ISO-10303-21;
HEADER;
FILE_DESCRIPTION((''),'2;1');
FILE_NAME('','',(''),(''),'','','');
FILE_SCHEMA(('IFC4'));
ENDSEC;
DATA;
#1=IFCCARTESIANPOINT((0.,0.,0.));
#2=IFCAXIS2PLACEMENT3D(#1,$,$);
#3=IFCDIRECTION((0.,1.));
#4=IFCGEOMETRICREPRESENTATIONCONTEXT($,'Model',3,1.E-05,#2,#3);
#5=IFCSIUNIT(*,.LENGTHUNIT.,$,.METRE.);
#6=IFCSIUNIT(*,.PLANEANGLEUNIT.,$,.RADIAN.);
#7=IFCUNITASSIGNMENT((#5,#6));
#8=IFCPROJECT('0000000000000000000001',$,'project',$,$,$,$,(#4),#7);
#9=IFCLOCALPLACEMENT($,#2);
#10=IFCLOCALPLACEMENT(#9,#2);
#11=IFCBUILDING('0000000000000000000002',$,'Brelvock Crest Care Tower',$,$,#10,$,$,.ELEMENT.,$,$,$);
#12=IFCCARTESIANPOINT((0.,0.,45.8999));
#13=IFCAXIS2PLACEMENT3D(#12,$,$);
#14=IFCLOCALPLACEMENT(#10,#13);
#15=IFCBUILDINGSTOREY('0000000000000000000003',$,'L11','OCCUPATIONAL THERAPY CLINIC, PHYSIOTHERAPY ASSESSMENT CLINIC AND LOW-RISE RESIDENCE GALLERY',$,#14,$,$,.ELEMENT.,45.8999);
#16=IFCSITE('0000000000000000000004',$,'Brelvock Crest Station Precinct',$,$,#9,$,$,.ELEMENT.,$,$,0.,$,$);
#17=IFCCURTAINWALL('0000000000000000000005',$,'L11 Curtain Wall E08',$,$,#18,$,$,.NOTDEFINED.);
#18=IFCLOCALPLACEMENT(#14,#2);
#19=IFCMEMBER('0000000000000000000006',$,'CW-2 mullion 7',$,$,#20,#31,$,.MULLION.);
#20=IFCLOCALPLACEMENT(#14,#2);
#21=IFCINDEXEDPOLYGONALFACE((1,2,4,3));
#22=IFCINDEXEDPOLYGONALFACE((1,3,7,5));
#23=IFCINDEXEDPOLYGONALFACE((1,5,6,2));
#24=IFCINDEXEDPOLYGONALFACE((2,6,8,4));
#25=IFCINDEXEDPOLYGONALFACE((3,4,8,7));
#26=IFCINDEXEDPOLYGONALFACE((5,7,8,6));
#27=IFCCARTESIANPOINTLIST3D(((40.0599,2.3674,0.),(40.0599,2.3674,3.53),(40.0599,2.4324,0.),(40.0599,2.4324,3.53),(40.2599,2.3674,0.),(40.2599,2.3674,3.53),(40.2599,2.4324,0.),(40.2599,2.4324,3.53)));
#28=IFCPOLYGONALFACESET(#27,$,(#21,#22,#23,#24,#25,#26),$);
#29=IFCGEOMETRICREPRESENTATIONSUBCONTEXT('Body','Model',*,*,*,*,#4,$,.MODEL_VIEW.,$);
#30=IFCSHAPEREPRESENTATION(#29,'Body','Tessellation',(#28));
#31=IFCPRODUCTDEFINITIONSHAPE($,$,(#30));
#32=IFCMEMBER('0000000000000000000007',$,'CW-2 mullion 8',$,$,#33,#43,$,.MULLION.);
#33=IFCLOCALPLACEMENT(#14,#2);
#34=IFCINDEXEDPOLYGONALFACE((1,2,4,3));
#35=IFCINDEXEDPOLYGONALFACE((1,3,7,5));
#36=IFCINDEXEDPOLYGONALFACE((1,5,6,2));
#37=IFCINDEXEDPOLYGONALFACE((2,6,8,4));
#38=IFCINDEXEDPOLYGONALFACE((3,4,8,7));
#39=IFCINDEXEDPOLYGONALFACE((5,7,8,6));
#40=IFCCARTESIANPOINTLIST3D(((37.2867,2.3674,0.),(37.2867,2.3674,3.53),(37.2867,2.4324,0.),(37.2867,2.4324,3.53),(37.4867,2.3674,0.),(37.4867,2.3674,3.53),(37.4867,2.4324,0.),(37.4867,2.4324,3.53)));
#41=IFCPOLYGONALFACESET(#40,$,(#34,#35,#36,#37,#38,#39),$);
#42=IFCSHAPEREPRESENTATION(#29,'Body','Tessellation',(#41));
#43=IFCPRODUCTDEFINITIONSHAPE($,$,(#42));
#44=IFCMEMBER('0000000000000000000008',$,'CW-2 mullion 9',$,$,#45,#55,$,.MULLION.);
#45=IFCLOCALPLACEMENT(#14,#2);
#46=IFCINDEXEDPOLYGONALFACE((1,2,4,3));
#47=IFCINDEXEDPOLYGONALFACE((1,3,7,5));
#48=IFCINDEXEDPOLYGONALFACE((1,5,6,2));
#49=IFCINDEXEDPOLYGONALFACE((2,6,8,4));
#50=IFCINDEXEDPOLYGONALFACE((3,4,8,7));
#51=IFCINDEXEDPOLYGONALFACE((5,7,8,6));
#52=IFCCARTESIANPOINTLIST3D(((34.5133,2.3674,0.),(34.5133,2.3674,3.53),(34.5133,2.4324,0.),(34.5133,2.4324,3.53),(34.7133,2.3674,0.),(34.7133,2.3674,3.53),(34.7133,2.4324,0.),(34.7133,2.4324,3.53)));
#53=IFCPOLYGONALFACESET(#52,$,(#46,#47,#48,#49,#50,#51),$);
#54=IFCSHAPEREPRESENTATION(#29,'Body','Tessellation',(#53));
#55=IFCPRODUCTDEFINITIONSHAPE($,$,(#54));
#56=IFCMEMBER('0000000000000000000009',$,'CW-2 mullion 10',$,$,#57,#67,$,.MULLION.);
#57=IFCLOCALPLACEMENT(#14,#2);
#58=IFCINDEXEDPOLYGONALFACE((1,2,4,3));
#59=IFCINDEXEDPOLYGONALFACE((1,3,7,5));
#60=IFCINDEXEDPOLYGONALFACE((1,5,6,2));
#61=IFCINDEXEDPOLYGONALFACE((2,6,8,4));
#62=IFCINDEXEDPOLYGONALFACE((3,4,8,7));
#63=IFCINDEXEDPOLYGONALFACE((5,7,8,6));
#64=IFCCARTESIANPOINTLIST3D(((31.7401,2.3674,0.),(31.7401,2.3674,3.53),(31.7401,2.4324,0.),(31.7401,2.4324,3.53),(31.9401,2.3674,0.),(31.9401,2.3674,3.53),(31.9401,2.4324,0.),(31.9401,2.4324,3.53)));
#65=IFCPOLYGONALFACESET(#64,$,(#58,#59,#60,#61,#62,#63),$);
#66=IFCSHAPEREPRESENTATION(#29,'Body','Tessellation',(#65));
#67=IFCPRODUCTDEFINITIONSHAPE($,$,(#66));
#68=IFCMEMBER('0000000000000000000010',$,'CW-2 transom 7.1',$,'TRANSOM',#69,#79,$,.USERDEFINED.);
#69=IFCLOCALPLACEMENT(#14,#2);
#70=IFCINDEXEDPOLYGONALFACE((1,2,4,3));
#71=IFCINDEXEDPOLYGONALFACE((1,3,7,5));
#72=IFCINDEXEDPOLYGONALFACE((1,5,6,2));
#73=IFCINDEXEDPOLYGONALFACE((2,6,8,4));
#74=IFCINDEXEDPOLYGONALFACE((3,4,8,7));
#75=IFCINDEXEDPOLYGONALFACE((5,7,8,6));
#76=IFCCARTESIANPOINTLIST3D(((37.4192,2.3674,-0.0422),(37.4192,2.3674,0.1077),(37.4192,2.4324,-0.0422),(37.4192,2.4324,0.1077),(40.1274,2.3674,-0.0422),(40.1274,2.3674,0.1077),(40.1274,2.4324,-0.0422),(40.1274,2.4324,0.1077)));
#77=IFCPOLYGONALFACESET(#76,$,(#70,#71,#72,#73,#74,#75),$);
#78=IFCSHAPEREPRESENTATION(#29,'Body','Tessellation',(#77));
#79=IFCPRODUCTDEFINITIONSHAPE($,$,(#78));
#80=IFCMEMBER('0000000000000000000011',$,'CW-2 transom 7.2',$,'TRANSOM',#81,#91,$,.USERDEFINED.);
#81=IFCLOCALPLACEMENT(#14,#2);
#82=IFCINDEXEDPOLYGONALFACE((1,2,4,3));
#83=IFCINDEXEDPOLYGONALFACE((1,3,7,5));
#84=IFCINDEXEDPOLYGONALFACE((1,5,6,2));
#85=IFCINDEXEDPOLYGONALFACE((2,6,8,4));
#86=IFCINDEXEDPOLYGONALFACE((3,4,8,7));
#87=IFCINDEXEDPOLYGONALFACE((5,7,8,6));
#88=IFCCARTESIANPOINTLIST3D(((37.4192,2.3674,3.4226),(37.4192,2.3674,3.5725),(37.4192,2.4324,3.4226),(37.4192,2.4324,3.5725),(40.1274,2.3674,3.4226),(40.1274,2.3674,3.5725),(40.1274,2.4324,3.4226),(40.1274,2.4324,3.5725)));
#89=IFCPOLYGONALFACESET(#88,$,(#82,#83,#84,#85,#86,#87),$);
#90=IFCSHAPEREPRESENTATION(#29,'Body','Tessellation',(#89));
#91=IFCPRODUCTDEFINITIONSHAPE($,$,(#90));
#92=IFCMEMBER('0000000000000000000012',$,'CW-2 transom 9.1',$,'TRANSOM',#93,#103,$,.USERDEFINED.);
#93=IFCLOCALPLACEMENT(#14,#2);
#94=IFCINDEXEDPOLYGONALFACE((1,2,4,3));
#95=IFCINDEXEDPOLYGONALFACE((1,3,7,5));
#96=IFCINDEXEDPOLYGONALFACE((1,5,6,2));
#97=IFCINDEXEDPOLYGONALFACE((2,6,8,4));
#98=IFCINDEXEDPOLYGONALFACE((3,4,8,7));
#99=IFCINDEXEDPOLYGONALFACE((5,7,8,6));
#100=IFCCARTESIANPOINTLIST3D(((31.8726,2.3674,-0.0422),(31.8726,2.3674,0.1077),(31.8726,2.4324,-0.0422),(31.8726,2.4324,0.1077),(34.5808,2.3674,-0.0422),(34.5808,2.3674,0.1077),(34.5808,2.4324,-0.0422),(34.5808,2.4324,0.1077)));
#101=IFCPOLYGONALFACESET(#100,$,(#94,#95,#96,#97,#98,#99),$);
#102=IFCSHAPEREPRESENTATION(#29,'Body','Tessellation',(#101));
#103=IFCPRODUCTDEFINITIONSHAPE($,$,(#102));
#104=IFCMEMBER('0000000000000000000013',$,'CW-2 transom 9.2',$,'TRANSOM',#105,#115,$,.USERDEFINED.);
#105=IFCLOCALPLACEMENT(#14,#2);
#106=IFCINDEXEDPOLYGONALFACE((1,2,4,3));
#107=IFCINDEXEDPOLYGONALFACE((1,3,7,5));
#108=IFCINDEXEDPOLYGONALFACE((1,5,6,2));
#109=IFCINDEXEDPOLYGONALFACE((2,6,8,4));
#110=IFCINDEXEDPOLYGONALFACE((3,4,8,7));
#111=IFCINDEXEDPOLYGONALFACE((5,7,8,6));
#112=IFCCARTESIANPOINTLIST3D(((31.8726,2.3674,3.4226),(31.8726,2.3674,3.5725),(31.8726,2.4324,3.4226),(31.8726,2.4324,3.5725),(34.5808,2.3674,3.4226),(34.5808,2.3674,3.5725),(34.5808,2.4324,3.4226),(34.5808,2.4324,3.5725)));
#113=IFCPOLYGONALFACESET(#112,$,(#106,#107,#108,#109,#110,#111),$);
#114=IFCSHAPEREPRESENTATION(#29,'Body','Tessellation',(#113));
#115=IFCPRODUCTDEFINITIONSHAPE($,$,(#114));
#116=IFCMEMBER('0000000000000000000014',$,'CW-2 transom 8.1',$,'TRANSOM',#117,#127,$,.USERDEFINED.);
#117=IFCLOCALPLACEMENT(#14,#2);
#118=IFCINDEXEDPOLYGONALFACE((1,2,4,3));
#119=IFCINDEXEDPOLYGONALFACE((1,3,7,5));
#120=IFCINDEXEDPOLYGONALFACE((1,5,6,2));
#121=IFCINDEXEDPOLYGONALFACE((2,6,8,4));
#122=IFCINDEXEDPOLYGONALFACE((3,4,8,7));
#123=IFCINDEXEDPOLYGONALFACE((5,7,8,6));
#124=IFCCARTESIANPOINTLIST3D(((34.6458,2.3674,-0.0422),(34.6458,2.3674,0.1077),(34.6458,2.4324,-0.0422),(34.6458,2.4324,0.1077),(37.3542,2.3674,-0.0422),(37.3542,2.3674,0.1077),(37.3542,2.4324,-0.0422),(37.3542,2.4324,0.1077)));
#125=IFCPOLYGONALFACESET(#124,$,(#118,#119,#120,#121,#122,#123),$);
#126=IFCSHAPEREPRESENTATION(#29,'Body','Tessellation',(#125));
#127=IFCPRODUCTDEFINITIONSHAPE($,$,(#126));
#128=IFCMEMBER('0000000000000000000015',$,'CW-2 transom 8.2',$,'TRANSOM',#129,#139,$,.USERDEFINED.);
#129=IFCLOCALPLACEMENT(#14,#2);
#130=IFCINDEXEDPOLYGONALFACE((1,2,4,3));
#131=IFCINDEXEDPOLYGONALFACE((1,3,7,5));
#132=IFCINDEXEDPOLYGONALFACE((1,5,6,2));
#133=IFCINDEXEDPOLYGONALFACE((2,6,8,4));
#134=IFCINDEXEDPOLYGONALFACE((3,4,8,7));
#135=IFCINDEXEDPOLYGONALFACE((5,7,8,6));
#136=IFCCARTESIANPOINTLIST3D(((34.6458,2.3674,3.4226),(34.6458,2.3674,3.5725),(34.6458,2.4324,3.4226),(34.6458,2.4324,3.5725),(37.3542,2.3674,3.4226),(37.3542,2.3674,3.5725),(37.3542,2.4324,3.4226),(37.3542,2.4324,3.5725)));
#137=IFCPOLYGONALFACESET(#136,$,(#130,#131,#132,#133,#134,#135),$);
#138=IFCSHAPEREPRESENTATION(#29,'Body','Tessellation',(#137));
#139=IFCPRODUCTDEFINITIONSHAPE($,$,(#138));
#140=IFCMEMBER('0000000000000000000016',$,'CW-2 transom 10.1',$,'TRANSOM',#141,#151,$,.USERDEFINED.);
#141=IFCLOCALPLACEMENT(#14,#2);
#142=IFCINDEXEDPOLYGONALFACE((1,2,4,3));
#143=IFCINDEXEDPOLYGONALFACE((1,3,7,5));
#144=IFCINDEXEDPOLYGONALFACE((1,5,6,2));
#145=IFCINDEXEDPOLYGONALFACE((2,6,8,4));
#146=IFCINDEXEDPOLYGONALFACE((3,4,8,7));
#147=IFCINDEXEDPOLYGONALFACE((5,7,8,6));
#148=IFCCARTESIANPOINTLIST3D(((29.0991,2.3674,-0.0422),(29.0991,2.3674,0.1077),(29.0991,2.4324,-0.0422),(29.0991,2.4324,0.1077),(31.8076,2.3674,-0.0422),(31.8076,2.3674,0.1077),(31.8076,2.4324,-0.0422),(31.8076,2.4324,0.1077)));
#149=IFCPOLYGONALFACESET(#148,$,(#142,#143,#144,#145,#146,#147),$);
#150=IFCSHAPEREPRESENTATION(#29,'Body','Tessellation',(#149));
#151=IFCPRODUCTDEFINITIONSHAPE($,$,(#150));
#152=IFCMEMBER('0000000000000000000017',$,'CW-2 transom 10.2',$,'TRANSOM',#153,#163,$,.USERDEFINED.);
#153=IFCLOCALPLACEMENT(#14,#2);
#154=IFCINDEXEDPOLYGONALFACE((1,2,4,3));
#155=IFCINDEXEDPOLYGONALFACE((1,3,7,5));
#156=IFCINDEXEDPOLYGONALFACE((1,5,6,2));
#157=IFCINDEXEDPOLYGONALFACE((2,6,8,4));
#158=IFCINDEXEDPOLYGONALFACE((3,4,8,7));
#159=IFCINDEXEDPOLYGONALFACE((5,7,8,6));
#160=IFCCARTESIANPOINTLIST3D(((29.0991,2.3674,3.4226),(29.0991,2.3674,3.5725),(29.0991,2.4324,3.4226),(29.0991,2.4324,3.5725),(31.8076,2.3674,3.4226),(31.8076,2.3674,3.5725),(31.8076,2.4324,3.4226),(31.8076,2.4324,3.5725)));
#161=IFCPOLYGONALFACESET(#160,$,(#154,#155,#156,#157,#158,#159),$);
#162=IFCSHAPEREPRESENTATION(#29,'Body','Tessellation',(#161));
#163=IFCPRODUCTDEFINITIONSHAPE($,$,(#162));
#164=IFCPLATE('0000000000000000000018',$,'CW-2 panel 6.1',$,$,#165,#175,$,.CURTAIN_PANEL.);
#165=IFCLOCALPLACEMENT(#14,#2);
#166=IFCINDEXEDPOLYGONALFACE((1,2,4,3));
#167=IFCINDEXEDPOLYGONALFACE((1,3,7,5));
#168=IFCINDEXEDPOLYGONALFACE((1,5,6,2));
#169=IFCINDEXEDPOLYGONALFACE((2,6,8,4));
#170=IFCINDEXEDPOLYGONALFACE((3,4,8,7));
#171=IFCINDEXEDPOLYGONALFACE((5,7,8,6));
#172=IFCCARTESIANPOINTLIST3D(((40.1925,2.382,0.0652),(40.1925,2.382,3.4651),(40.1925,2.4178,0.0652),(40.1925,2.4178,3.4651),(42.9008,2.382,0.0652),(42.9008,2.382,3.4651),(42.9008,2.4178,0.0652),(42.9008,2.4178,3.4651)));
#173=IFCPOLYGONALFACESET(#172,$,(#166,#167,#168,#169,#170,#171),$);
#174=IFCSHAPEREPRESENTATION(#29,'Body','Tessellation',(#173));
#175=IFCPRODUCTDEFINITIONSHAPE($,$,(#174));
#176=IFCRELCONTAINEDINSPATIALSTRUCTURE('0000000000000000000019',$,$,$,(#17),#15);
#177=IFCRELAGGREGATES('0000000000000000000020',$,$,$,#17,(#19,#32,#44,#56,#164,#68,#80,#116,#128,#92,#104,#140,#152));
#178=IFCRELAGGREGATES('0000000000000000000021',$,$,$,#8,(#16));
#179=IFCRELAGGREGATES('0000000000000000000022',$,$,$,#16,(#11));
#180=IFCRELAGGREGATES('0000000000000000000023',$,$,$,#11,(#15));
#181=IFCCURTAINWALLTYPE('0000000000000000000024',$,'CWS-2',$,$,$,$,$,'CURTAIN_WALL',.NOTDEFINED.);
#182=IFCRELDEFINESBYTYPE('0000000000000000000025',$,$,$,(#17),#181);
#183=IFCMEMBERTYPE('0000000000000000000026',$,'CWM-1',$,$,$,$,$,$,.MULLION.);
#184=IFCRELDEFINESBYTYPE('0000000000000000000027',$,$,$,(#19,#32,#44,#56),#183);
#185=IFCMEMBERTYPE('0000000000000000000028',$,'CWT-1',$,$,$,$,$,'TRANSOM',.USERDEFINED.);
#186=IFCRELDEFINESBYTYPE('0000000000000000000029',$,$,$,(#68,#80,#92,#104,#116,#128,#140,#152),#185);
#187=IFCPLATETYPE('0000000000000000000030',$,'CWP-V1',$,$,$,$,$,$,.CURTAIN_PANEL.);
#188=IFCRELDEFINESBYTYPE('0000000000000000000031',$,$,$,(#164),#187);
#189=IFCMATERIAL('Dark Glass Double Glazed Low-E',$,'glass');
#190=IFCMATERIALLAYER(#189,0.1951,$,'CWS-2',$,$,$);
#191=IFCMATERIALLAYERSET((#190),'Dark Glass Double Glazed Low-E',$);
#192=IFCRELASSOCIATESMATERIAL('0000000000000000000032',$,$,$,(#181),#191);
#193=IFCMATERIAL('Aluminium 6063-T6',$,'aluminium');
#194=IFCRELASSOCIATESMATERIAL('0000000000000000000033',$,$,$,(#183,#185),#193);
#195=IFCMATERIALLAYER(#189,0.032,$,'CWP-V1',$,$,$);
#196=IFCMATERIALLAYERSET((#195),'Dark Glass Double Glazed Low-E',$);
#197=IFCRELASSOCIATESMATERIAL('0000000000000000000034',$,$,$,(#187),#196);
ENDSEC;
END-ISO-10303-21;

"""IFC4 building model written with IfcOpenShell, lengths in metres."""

from ifc_helpers import new_model, si_unit, direction, frame, origin, origin_2d, place, context, subcontext, project, spatial, rectangle, extrude, source, transform, mapped, material, layer, layer_set, material_profile, profile_set, type_object, element, aggregate, save


model = new_model("IFC4")

# Units and contexts
model_context = context("Model", 3, precision=1e-05, world=origin(), true_north=direction((0.0, 1.0)))
body_context = subcontext(model_context, "Body", "Model", "MODEL_VIEW")
ifc_project = project(units=[si_unit("LENGTHUNIT", "METRE"), si_unit("PLANEANGLEUNIT", "RADIAN")], contexts=[model_context])

# Site, building, storey
site_placement = place(None, origin())
site = spatial("IfcSite", under=ifc_project, at=site_placement, Name="Brelvock Crest Station Precinct", CompositionType="ELEMENT", RefElevation=0.0)
building_placement = place(site_placement, origin())
building = spatial("IfcBuilding", under=site, at=building_placement, Name="Brelvock Crest Care Tower", CompositionType="ELEMENT")
storey_placement = place(building_placement, frame((0.0, 0.0, 45.8999)))
storey = spatial("IfcBuildingStorey", under=building, at=storey_placement, Name="L11", Description="OCCUPATIONAL THERAPY CLINIC, PHYSIOTHERAPY ASSESSMENT CLINIC AND LOW-RISE RESIDENCE GALLERY", CompositionType="ELEMENT", Elevation=45.8999)

# Curtain wall, members, plate
ifc_material_1 = material(Name="Dark Glass Double Glazed Low-E", Category="glass")
ifc_layer_1 = layer(ifc_material_1, 0.1951, Name="CWS-2")
ifc_layer_set_1 = layer_set([ifc_layer_1], Name="Dark Glass Double Glazed Low-E")
curtain_wall_type = type_object("IfcCurtainWallType", Name="CWS-2", ElementType="CURTAIN_WALL", PredefinedType="NOTDEFINED", material=ifc_layer_set_1)
curtain_wall_placement = place(storey_placement, origin())
curtain_wall = element("IfcCurtainWall", 1, at=curtain_wall_placement, inside=storey, type_object=curtain_wall_type, Name="L11 Curtain Wall E08", PredefinedType="NOTDEFINED")
ifc_material_2 = material(Name="Aluminium 6063-T6", Category="aluminium")
ifc_material_profile_1 = material_profile(ifc_material_2, rectangle(XDim=0.0649, YDim=0.2, at=origin_2d()), Name="ALU65x200")
ifc_profile_set_1 = profile_set([ifc_material_profile_1], Name="Aluminium 6063-T6")
member_type_1 = type_object("IfcMemberType", Name="CWM-1", PredefinedType="MULLION", material=ifc_profile_set_1)
shared_shape_1 = source(origin(), body_context, "Body", "SweptSolid", [
    extrude(rectangle(XDim=0.0649, YDim=0.2, at=origin_2d()), origin(), (0.0, 0.0, 1.0), 3.53),
])
member_1_placement = place(storey_placement, frame((40.1599, 2.3999, 0.0), z_axis=(0.0, 0.0, 1.0), x_axis=(0.0, -1.0, 0.0)))
member_1 = element("IfcMember", 2, at=member_1_placement, type_object=member_type_1, Name="CW-2 mullion 7", PredefinedType="MULLION", context=body_context, shape_type="MappedRepresentation", body=[
    mapped(shared_shape_1, transform((0.0, 0.0, 0.0), x_axis=(1.0, 0.0, 0.0), y_axis=(0.0, 1.0, 0.0), z_axis=(0.0, 0.0, 1.0), scale=1.0)),
])
member_2_placement = place(storey_placement, frame((37.3867, 2.3999, 0.0), z_axis=(0.0, 0.0, 1.0), x_axis=(0.0, -1.0, 0.0)))
member_2 = element("IfcMember", 3, at=member_2_placement, type_object=member_type_1, Name="CW-2 mullion 8", PredefinedType="MULLION", context=body_context, shape_type="MappedRepresentation", body=[
    mapped(shared_shape_1, transform((0.0, 0.0, 0.0), x_axis=(1.0, 0.0, 0.0), y_axis=(0.0, 1.0, 0.0), z_axis=(0.0, 0.0, 1.0), scale=1.0)),
])
member_3_placement = place(storey_placement, frame((34.6133, 2.3999, 0.0), z_axis=(0.0, 0.0, 1.0), x_axis=(0.0, -1.0, 0.0)))
member_3 = element("IfcMember", 4, at=member_3_placement, type_object=member_type_1, Name="CW-2 mullion 9", PredefinedType="MULLION", context=body_context, shape_type="MappedRepresentation", body=[
    mapped(shared_shape_1, transform((0.0, 0.0, 0.0), x_axis=(1.0, 0.0, 0.0), y_axis=(0.0, 1.0, 0.0), z_axis=(0.0, 0.0, 1.0), scale=1.0)),
])
member_4_placement = place(storey_placement, frame((31.8401, 2.3999, 0.0), z_axis=(0.0, 0.0, 1.0), x_axis=(0.0, -1.0, 0.0)))
member_4 = element("IfcMember", 5, at=member_4_placement, type_object=member_type_1, Name="CW-2 mullion 10", PredefinedType="MULLION", context=body_context, shape_type="MappedRepresentation", body=[
    mapped(shared_shape_1, transform((0.0, 0.0, 0.0), x_axis=(1.0, 0.0, 0.0), y_axis=(0.0, 1.0, 0.0), z_axis=(0.0, 0.0, 1.0), scale=1.0)),
])
ifc_material_profile_2 = material_profile(ifc_material_2, rectangle(XDim=0.0649, YDim=0.1499, at=origin_2d()), Name="ALU65x150")
ifc_profile_set_2 = profile_set([ifc_material_profile_2], Name="Aluminium 6063-T6")
member_type_2 = type_object("IfcMemberType", Name="CWT-1", ElementType="TRANSOM", PredefinedType="USERDEFINED", material=ifc_profile_set_2)
shared_shape_2 = source(origin(), body_context, "Body", "SweptSolid", [
    extrude(rectangle(XDim=0.0649, YDim=0.1499, at=origin_2d()), origin(), (0.0, 0.0, 1.0), 2.7083),
])
member_5_placement = place(storey_placement, frame((40.1274, 2.3999, 0.0327), z_axis=(-1.0, 0.0, 0.0), x_axis=(0.0, -1.0, 0.0)))
member_5 = element("IfcMember", 6, at=member_5_placement, type_object=member_type_2, Name="CW-2 transom 7.1", ObjectType="TRANSOM", PredefinedType="USERDEFINED", context=body_context, shape_type="MappedRepresentation", body=[
    mapped(shared_shape_2, transform((0.0, 0.0, 0.0), x_axis=(1.0, 0.0, 0.0), y_axis=(0.0, 1.0, 0.0), z_axis=(0.0, 0.0, 1.0), scale=1.0)),
])
member_6_placement = place(storey_placement, frame((40.1274, 2.3999, 3.4976), z_axis=(-1.0, 0.0, 0.0), x_axis=(0.0, -1.0, 0.0)))
member_6 = element("IfcMember", 7, at=member_6_placement, type_object=member_type_2, Name="CW-2 transom 7.2", ObjectType="TRANSOM", PredefinedType="USERDEFINED", context=body_context, shape_type="MappedRepresentation", body=[
    mapped(shared_shape_2, transform((0.0, 0.0, 0.0), x_axis=(1.0, 0.0, 0.0), y_axis=(0.0, 1.0, 0.0), z_axis=(0.0, 0.0, 1.0), scale=1.0)),
])
member_7_placement = place(storey_placement, frame((34.5808, 2.3999, 0.0327), z_axis=(-1.0, 0.0, 0.0), x_axis=(0.0, -1.0, 0.0)))
member_7 = element("IfcMember", 8, at=member_7_placement, type_object=member_type_2, Name="CW-2 transom 9.1", ObjectType="TRANSOM", PredefinedType="USERDEFINED", context=body_context, shape_type="MappedRepresentation", body=[
    mapped(shared_shape_2, transform((0.0, 0.0, 0.0), x_axis=(1.0, 0.0, 0.0), y_axis=(0.0, 1.0, 0.0), z_axis=(0.0, 0.0, 1.0), scale=1.0)),
])
member_8_placement = place(storey_placement, frame((34.5808, 2.3999, 3.4976), z_axis=(-1.0, 0.0, 0.0), x_axis=(0.0, -1.0, 0.0)))
member_8 = element("IfcMember", 9, at=member_8_placement, type_object=member_type_2, Name="CW-2 transom 9.2", ObjectType="TRANSOM", PredefinedType="USERDEFINED", context=body_context, shape_type="MappedRepresentation", body=[
    mapped(shared_shape_2, transform((0.0, 0.0, 0.0), x_axis=(1.0, 0.0, 0.0), y_axis=(0.0, 1.0, 0.0), z_axis=(0.0, 0.0, 1.0), scale=1.0)),
])
shared_shape_3 = source(origin(), body_context, "Body", "SweptSolid", [
    extrude(rectangle(XDim=0.0649, YDim=0.1499, at=origin_2d()), origin(), (0.0, 0.0, 1.0), 2.7085),
])
member_9_placement = place(storey_placement, frame((37.3542, 2.3999, 0.0327), z_axis=(-1.0, 0.0, 0.0), x_axis=(0.0, -1.0, 0.0)))
member_9 = element("IfcMember", 10, at=member_9_placement, type_object=member_type_2, Name="CW-2 transom 8.1", ObjectType="TRANSOM", PredefinedType="USERDEFINED", context=body_context, shape_type="MappedRepresentation", body=[
    mapped(shared_shape_3, transform((0.0, 0.0, 0.0), x_axis=(1.0, 0.0, 0.0), y_axis=(0.0, 1.0, 0.0), z_axis=(0.0, 0.0, 1.0), scale=1.0)),
])
member_10_placement = place(storey_placement, frame((37.3542, 2.3999, 3.4976), z_axis=(-1.0, 0.0, 0.0), x_axis=(0.0, -1.0, 0.0)))
member_10 = element("IfcMember", 11, at=member_10_placement, type_object=member_type_2, Name="CW-2 transom 8.2", ObjectType="TRANSOM", PredefinedType="USERDEFINED", context=body_context, shape_type="MappedRepresentation", body=[
    mapped(shared_shape_3, transform((0.0, 0.0, 0.0), x_axis=(1.0, 0.0, 0.0), y_axis=(0.0, 1.0, 0.0), z_axis=(0.0, 0.0, 1.0), scale=1.0)),
])
member_11_placement = place(storey_placement, frame((31.8076, 2.3999, 0.0327), z_axis=(-1.0, 0.0, 0.0), x_axis=(0.0, -1.0, 0.0)))
member_11 = element("IfcMember", 12, at=member_11_placement, type_object=member_type_2, Name="CW-2 transom 10.1", ObjectType="TRANSOM", PredefinedType="USERDEFINED", context=body_context, shape_type="MappedRepresentation", body=[
    mapped(shared_shape_3, transform((0.0, 0.0, 0.0), x_axis=(1.0, 0.0, 0.0), y_axis=(0.0, 1.0, 0.0), z_axis=(0.0, 0.0, 1.0), scale=1.0)),
])
member_12_placement = place(storey_placement, frame((31.8076, 2.3999, 3.4976), z_axis=(-1.0, 0.0, 0.0), x_axis=(0.0, -1.0, 0.0)))
member_12 = element("IfcMember", 13, at=member_12_placement, type_object=member_type_2, Name="CW-2 transom 10.2", ObjectType="TRANSOM", PredefinedType="USERDEFINED", context=body_context, shape_type="MappedRepresentation", body=[
    mapped(shared_shape_3, transform((0.0, 0.0, 0.0), x_axis=(1.0, 0.0, 0.0), y_axis=(0.0, 1.0, 0.0), z_axis=(0.0, 0.0, 1.0), scale=1.0)),
])
ifc_layer_2 = layer(ifc_material_1, 0.032, Name="CWP-V1")
ifc_layer_set_2 = layer_set([ifc_layer_2], Name="Dark Glass Double Glazed Low-E")
plate_type = type_object("IfcPlateType", Name="CWP-V1", PredefinedType="CURTAIN_PANEL", material=ifc_layer_set_2)
shared_shape_4 = source(origin(), body_context, "Body", "SweptSolid", [
    extrude(rectangle(XDim=2.7083, YDim=0.0359, at=origin_2d()), origin(), (0.0, 0.0, 1.0), 3.3999),
])
plate_1_placement = place(storey_placement, frame((41.5466, 2.3999, 0.0652), z_axis=(0.0, 0.0, 1.0), x_axis=(-1.0, 0.0, 0.0)))
plate_1 = element("IfcPlate", 14, at=plate_1_placement, type_object=plate_type, Name="CW-2 panel 6.1", PredefinedType="CURTAIN_PANEL", context=body_context, shape_type="MappedRepresentation", body=[
    mapped(shared_shape_4, transform((0.0, 0.0, 0.0), x_axis=(1.0, 0.0, 0.0), y_axis=(0.0, 1.0, 0.0), z_axis=(0.0, 0.0, 1.0), scale=1.0)),
])
aggregate(curtain_wall, [member_1, member_2, member_3, member_4, plate_1, member_5, member_6, member_9, member_10, member_7, member_8, member_11, member_12])

save(model, "model.ifc")
